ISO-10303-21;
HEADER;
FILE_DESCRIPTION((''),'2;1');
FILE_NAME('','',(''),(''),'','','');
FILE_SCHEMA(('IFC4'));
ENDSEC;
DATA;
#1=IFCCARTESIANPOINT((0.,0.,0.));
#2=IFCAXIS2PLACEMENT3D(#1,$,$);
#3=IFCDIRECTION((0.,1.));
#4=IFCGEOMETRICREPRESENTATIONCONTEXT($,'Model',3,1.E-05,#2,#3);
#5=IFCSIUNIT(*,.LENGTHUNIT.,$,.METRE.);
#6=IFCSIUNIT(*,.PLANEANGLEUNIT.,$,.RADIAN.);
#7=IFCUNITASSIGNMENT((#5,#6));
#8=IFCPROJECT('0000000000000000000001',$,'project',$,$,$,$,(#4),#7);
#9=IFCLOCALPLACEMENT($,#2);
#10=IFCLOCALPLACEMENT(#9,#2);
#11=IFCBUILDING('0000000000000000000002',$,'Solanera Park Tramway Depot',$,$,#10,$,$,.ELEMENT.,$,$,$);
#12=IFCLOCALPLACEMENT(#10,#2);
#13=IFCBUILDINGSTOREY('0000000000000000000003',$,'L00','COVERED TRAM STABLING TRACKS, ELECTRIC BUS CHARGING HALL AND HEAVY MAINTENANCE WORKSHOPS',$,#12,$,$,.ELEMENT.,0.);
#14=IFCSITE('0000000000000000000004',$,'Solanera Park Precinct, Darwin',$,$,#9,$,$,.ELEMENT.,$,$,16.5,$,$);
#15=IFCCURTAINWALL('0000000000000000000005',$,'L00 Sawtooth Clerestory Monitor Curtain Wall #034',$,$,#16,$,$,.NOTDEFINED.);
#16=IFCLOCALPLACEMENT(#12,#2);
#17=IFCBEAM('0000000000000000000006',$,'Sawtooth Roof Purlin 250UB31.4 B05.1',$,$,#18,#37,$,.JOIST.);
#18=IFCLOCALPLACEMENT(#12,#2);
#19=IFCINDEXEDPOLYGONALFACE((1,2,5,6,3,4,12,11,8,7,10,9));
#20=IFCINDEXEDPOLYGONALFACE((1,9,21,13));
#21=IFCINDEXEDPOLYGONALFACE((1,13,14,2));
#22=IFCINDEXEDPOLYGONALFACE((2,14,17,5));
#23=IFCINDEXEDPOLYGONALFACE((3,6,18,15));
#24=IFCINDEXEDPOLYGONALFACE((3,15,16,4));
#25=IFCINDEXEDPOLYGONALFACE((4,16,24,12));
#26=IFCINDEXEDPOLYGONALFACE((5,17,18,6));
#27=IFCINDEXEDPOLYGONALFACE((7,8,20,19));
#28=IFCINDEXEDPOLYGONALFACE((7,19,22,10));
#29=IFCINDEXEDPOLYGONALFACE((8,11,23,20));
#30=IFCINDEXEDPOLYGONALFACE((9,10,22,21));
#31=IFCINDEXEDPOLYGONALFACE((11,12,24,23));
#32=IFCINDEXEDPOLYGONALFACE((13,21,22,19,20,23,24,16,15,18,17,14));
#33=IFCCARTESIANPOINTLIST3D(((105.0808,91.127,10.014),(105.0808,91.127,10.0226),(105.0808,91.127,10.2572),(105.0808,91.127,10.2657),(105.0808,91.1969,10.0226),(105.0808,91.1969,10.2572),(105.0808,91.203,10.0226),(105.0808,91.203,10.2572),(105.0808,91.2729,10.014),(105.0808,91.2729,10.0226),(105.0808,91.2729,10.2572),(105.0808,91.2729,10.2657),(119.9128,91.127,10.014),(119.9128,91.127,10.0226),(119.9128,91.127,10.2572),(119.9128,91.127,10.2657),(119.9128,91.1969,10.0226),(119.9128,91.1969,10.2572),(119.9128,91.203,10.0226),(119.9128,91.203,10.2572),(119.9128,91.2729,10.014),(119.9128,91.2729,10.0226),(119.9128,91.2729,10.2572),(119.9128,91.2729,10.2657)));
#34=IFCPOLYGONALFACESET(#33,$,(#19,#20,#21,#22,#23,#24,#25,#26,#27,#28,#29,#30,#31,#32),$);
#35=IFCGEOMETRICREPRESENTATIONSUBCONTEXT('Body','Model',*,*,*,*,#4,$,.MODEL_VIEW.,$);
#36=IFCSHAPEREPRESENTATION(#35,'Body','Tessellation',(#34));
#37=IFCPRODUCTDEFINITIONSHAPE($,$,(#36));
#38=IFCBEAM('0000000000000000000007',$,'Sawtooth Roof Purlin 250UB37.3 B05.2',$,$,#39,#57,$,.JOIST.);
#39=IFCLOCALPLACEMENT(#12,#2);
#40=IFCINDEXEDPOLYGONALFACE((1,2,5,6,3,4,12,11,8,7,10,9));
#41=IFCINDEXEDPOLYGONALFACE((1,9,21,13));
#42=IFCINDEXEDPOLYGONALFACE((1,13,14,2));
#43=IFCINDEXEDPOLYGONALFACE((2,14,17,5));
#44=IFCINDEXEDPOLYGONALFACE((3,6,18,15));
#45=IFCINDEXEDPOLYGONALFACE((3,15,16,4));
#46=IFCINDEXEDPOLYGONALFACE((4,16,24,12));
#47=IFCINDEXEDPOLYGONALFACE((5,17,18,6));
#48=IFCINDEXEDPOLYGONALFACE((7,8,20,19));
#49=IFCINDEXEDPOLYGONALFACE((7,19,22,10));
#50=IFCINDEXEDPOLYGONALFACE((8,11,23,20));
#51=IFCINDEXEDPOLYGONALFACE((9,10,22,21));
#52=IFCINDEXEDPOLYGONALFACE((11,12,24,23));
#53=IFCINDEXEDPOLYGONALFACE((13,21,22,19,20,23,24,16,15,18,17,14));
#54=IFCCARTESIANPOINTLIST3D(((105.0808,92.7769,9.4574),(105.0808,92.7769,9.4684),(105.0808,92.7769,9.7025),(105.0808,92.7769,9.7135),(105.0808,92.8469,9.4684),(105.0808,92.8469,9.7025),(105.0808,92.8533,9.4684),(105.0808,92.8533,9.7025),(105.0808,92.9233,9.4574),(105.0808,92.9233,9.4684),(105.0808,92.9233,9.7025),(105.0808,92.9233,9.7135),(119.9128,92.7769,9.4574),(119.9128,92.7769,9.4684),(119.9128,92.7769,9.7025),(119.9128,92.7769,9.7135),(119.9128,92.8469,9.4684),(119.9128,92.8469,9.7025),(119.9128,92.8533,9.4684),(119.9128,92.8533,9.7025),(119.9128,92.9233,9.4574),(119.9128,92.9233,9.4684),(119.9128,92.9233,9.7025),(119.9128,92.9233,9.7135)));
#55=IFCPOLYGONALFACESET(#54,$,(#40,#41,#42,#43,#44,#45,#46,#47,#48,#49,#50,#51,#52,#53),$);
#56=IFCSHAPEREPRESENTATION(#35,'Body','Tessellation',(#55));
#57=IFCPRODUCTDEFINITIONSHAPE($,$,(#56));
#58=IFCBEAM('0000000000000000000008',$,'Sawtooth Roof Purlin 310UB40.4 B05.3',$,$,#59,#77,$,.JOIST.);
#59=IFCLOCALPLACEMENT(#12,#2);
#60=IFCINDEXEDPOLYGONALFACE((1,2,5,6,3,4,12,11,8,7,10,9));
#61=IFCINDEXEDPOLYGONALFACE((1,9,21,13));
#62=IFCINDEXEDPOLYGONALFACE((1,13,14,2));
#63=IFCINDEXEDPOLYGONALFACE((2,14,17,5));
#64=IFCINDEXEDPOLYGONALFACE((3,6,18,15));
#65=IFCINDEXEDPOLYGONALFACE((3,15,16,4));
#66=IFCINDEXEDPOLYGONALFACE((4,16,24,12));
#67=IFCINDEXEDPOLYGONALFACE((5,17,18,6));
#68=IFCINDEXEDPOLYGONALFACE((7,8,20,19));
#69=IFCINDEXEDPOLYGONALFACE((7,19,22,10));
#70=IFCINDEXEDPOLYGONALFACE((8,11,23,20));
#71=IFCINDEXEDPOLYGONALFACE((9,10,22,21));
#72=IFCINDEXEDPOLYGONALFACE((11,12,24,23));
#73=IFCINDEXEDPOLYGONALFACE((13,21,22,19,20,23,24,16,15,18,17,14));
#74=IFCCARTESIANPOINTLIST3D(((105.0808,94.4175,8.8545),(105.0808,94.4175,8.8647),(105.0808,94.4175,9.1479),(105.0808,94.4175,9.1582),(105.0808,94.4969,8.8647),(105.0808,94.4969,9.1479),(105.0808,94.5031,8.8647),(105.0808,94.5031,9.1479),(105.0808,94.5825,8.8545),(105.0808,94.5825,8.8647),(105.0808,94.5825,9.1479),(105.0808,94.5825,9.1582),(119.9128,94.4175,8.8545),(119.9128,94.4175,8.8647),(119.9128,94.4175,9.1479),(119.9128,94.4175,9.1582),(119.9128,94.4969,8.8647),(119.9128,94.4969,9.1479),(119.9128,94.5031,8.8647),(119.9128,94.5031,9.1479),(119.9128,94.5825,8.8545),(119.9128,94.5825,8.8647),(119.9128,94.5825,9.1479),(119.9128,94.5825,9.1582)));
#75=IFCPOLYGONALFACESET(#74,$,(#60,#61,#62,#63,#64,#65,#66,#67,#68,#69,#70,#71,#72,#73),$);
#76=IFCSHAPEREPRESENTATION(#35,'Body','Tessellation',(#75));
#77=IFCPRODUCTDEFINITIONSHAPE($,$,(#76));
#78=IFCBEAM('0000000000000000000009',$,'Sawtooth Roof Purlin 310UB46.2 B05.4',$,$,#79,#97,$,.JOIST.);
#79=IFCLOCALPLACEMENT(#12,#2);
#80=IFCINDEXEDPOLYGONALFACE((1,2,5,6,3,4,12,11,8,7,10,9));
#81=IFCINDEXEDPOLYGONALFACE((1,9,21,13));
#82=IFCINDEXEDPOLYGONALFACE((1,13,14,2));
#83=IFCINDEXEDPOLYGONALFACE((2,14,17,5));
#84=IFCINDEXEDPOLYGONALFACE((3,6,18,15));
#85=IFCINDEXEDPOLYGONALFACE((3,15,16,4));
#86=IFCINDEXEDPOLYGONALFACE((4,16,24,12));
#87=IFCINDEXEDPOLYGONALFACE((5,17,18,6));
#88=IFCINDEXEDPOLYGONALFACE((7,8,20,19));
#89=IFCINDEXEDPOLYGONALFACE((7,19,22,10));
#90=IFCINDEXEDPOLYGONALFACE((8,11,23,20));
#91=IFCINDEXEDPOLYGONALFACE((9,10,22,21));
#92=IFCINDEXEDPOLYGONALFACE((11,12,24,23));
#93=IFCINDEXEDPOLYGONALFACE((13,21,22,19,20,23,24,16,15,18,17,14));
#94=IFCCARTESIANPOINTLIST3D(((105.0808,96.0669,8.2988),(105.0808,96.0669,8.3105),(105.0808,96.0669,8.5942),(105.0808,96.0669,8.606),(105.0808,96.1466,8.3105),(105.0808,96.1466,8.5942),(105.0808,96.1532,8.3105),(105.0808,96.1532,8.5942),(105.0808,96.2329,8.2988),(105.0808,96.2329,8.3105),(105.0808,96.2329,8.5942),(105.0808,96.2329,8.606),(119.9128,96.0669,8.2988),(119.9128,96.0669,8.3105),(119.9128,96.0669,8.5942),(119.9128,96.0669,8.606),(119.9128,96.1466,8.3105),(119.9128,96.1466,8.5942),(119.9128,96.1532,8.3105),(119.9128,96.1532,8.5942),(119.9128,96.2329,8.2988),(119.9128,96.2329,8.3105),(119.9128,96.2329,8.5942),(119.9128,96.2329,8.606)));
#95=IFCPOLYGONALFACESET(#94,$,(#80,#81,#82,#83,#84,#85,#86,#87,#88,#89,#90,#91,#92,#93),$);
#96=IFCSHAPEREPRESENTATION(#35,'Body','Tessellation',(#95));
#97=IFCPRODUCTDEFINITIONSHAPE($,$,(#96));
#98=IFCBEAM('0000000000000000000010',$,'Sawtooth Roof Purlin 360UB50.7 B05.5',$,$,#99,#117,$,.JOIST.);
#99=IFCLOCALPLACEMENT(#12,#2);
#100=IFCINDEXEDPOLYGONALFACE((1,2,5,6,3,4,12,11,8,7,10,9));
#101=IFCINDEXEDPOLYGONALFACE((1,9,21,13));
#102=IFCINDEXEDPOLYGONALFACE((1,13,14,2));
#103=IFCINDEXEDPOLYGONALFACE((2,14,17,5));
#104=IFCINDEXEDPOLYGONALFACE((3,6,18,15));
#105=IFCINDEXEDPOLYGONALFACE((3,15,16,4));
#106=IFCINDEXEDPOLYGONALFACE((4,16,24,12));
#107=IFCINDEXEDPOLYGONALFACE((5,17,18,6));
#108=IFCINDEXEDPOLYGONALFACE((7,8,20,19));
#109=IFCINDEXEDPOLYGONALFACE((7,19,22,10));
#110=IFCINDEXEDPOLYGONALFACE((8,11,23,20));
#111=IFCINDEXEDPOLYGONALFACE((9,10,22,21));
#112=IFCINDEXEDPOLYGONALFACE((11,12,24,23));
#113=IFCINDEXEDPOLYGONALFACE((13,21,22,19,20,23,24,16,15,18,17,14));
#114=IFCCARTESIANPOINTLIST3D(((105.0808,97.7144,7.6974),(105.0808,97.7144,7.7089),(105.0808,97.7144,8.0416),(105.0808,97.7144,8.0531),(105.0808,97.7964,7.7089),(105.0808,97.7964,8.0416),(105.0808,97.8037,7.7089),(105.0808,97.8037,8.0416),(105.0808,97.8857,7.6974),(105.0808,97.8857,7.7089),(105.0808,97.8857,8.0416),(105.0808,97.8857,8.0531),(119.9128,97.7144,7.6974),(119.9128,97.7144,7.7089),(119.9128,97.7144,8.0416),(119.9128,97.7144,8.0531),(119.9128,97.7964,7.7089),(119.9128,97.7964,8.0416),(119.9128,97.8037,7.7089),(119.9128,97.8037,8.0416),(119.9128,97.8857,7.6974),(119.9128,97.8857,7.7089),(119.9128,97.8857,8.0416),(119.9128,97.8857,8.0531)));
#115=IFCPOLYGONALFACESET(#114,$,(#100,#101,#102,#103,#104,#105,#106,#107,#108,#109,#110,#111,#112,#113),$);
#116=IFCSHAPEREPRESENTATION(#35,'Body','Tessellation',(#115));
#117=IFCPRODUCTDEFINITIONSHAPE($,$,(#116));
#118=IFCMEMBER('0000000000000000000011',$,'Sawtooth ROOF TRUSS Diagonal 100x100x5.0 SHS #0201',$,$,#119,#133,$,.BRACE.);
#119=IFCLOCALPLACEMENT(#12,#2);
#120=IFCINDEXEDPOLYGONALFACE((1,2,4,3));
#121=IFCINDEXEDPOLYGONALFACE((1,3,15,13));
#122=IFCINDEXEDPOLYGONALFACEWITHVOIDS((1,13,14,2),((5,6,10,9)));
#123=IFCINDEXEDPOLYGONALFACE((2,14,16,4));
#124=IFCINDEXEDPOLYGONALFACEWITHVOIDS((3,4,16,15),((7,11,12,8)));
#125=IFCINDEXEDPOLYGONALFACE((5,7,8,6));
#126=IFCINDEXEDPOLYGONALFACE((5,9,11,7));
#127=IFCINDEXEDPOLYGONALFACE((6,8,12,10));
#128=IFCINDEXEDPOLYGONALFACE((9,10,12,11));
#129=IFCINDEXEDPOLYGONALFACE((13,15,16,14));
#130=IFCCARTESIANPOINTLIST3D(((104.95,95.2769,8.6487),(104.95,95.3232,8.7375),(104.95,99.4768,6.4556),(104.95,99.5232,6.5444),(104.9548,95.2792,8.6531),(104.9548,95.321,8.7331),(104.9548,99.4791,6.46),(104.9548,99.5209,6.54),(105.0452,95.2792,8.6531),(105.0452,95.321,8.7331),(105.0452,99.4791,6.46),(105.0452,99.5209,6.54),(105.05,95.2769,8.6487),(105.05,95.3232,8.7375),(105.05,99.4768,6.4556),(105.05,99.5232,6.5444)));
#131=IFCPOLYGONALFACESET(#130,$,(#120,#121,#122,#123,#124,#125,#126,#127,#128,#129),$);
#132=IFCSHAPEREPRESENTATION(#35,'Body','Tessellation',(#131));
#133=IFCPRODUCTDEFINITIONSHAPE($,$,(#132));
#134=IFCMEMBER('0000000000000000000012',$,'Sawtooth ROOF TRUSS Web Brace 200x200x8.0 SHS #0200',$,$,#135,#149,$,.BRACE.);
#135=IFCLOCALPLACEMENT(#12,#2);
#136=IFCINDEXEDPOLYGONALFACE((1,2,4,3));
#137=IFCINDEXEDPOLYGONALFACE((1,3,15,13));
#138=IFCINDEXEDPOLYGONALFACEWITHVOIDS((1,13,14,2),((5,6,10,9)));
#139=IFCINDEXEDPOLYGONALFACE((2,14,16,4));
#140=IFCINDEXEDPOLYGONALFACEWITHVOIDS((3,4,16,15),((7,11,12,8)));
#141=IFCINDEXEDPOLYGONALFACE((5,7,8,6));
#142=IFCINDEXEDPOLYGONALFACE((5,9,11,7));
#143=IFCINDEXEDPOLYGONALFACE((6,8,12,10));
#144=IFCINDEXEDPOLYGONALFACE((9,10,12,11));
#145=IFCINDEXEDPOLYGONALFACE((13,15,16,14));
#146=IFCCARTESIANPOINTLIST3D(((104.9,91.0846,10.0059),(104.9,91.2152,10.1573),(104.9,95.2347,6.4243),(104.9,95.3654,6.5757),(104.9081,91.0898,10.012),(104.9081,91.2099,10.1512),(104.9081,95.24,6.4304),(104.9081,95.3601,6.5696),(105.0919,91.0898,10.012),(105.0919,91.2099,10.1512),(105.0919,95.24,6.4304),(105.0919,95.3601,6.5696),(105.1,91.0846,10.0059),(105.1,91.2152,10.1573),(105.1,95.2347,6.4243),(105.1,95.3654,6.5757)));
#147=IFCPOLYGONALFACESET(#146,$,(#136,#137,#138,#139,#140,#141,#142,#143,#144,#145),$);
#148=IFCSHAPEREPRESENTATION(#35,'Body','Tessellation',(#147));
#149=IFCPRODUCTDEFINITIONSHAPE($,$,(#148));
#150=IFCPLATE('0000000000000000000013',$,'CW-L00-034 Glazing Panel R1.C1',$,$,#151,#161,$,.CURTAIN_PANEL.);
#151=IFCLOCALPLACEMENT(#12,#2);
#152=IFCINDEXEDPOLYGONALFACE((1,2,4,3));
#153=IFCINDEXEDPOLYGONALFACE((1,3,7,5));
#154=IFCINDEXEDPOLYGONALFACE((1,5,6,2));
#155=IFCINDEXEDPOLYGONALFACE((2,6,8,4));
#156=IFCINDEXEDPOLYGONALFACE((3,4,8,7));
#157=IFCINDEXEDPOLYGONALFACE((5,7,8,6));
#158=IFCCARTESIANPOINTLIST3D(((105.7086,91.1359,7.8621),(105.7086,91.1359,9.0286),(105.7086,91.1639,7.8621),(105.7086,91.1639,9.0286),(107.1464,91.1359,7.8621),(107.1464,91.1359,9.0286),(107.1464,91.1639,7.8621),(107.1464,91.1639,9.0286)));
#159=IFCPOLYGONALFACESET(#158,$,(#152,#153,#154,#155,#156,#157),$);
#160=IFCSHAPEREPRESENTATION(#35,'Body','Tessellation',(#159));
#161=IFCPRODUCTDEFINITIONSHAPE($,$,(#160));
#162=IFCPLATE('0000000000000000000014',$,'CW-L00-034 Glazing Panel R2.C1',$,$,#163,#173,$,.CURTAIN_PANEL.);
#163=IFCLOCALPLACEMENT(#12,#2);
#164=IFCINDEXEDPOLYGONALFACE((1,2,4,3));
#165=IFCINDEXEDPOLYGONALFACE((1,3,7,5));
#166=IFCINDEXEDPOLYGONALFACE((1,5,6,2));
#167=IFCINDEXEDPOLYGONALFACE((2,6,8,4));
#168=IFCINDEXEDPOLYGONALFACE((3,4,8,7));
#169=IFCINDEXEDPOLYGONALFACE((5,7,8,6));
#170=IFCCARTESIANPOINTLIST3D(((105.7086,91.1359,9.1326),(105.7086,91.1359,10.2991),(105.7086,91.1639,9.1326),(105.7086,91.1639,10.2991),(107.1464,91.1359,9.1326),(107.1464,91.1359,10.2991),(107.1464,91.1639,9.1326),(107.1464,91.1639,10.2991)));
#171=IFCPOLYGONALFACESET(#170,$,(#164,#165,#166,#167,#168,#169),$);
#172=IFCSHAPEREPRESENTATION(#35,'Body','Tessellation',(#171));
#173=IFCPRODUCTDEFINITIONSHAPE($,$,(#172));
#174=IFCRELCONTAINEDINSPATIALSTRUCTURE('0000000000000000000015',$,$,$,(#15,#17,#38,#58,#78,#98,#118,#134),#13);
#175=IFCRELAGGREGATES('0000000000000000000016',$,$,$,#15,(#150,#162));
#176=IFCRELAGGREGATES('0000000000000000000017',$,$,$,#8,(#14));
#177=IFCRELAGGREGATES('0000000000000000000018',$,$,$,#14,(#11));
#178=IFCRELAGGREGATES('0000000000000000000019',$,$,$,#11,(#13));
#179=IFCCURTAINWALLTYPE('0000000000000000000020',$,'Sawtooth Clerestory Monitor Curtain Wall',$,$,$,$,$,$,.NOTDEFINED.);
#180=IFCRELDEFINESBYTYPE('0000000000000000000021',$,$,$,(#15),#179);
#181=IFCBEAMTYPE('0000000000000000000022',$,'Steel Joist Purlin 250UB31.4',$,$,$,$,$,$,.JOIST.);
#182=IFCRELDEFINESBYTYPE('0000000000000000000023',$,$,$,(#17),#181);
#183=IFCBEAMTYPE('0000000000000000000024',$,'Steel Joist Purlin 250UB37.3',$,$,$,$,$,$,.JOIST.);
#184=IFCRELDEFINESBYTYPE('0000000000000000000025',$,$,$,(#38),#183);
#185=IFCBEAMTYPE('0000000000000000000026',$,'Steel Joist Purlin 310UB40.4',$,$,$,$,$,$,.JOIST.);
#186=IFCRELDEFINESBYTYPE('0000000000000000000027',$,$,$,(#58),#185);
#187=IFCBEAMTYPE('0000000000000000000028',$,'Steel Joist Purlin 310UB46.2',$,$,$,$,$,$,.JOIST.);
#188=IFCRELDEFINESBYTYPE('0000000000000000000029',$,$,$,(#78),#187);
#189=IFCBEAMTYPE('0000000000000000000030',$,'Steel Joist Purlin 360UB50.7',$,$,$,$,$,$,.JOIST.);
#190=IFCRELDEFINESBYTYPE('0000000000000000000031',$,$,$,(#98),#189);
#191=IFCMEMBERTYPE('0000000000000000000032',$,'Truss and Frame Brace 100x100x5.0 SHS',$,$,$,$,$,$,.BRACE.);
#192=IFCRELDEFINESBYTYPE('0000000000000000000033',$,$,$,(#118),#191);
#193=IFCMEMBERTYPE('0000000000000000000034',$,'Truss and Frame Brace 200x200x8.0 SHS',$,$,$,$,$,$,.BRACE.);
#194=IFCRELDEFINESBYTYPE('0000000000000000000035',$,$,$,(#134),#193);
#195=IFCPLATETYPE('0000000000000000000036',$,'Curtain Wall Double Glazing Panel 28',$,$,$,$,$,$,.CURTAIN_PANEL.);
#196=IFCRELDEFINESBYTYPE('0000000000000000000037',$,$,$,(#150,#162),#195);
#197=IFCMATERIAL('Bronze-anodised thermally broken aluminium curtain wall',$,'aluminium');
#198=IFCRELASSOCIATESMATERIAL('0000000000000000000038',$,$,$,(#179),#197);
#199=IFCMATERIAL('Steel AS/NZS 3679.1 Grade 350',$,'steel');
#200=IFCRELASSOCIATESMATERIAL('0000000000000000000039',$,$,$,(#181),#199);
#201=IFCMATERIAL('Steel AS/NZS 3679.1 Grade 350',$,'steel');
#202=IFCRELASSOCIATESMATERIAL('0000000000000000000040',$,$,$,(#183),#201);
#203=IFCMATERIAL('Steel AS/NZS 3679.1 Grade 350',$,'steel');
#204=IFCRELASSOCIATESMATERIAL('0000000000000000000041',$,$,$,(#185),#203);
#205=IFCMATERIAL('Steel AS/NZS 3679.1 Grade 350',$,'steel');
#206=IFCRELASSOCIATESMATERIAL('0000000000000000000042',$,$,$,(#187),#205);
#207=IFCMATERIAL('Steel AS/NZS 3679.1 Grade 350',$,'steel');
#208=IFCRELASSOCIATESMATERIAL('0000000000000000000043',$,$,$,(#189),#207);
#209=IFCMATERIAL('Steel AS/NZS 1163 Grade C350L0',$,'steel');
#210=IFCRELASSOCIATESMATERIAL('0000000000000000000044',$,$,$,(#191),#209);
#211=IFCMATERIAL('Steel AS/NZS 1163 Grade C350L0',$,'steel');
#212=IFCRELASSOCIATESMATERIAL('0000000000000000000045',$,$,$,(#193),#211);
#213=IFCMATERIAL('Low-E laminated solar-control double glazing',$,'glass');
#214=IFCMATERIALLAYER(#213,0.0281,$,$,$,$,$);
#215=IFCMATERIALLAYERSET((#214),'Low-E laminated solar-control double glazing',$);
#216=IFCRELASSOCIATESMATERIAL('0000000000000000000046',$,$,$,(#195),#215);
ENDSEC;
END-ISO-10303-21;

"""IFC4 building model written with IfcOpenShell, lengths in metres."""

from ifc_helpers import new_model, si_unit, direction, frame, origin, origin_2d, place, context, subcontext, project, spatial, rectangle, hollow_rectangle, i_section, extrude, material, layer, layer_set, material_profile, profile_set, type_object, element, aggregate, save


model = new_model("IFC4")

# Units and contexts
model_context = context("Model", 3, precision=1e-05, world=origin(), true_north=direction((0.0, 1.0)))
body_context = subcontext(model_context, "Body", "Model", "MODEL_VIEW")
ifc_project = project(units=[si_unit("LENGTHUNIT", "METRE"), si_unit("PLANEANGLEUNIT", "RADIAN")], contexts=[model_context])

# Site, building, storey
site_placement = place(None, origin())
site = spatial("IfcSite", under=ifc_project, at=site_placement, Name="Solanera Park Precinct, Darwin", CompositionType="ELEMENT", RefElevation=16.5)
building_placement = place(site_placement, origin())
building = spatial("IfcBuilding", under=site, at=building_placement, Name="Solanera Park Tramway Depot", CompositionType="ELEMENT")
storey_placement = place(building_placement, origin())
storey = spatial("IfcBuildingStorey", under=building, at=storey_placement, Name="L00", Description="COVERED TRAM STABLING TRACKS, ELECTRIC BUS CHARGING HALL AND HEAVY MAINTENANCE WORKSHOPS", CompositionType="ELEMENT", Elevation=0.0)

# Curtain wall
ifc_material_1 = material(Name="Bronze-anodised thermally broken aluminium curtain wall", Category="aluminium")
curtain_wall_type = type_object("IfcCurtainWallType", Name="Sawtooth Clerestory Monitor Curtain Wall", PredefinedType="NOTDEFINED", material=ifc_material_1)
curtain_wall_1_placement = place(storey_placement, origin())
curtain_wall_1 = element("IfcCurtainWall", 1, at=curtain_wall_1_placement, inside=storey, type_object=curtain_wall_type, Name="L00 Sawtooth Clerestory Monitor Curtain Wall #034", PredefinedType="NOTDEFINED")

# Beams
ifc_material_2 = material(Name="Steel AS/NZS 3679.1 Grade 350", Category="steel")
ifc_material_profile_1 = material_profile(ifc_material_2, i_section(OverallWidth=0.146, OverallDepth=0.2517, WebThickness=0.0061, FlangeThickness=0.0085, at=origin_2d()), Name="250UB31.4")
ifc_profile_set_1 = profile_set([ifc_material_profile_1], Name="Steel AS/NZS 3679.1 Grade 350")
beam_type_1 = type_object("IfcBeamType", Name="Steel Joist Purlin 250UB31.4", PredefinedType="JOIST", material=ifc_profile_set_1)
beam_1_placement = place(storey_placement, frame((105.0808, 91.2, 10.1399), z_axis=(1.0, 0.0, 0.0), x_axis=(0.0, 1.0, 0.0)))
element("IfcBeam", 2, at=beam_1_placement, inside=storey, type_object=beam_type_1, Name="Sawtooth Roof Purlin 250UB31.4 B05.1", PredefinedType="JOIST", context=body_context, shape_type="SweptSolid", body=[
    extrude(i_section(OverallWidth=0.146, OverallDepth=0.2517, WebThickness=0.0061, FlangeThickness=0.0085, at=origin_2d()), origin(), (0.0, 0.0, 1.0), 14.832),
])
ifc_material_3 = material(Name="Steel AS/NZS 3679.1 Grade 350", Category="steel")
ifc_material_profile_2 = material_profile(ifc_material_3, i_section(OverallWidth=0.1465, OverallDepth=0.2561, WebThickness=0.0063, FlangeThickness=0.011, at=origin_2d()), Name="250UB37.3")
ifc_profile_set_2 = profile_set([ifc_material_profile_2], Name="Steel AS/NZS 3679.1 Grade 350")
beam_type_2 = type_object("IfcBeamType", Name="Steel Joist Purlin 250UB37.3", PredefinedType="JOIST", material=ifc_profile_set_2)
beam_2_placement = place(storey_placement, frame((105.0808, 92.8501, 9.5854), z_axis=(1.0, 0.0, 0.0), x_axis=(0.0, 1.0, 0.0)))
element("IfcBeam", 3, at=beam_2_placement, inside=storey, type_object=beam_type_2, Name="Sawtooth Roof Purlin 250UB37.3 B05.2", PredefinedType="JOIST", context=body_context, shape_type="SweptSolid", body=[
    extrude(i_section(OverallWidth=0.1465, OverallDepth=0.2561, WebThickness=0.0063, FlangeThickness=0.011, at=origin_2d()), origin(), (0.0, 0.0, 1.0), 14.832),
])
ifc_material_4 = material(Name="Steel AS/NZS 3679.1 Grade 350", Category="steel")
ifc_material_profile_3 = material_profile(ifc_material_4, i_section(OverallWidth=0.165, OverallDepth=0.3037, WebThickness=0.0061, FlangeThickness=0.0103, at=origin_2d()), Name="310UB40.4")
ifc_profile_set_3 = profile_set([ifc_material_profile_3], Name="Steel AS/NZS 3679.1 Grade 350")
beam_type_3 = type_object("IfcBeamType", Name="Steel Joist Purlin 310UB40.4", PredefinedType="JOIST", material=ifc_profile_set_3)
beam_3_placement = place(storey_placement, frame((105.0808, 94.5, 9.0063), z_axis=(1.0, 0.0, 0.0), x_axis=(0.0, 1.0, 0.0)))
element("IfcBeam", 4, at=beam_3_placement, inside=storey, type_object=beam_type_3, Name="Sawtooth Roof Purlin 310UB40.4 B05.3", PredefinedType="JOIST", context=body_context, shape_type="SweptSolid", body=[
    extrude(i_section(OverallWidth=0.165, OverallDepth=0.3037, WebThickness=0.0061, FlangeThickness=0.0103, at=origin_2d()), origin(), (0.0, 0.0, 1.0), 14.832),
])
ifc_material_5 = material(Name="Steel AS/NZS 3679.1 Grade 350", Category="steel")
ifc_material_profile_4 = material_profile(ifc_material_5, i_section(OverallWidth=0.166, OverallDepth=0.3071, WebThickness=0.0066, FlangeThickness=0.0117, at=origin_2d()), Name="310UB46.2")
ifc_profile_set_4 = profile_set([ifc_material_profile_4], Name="Steel AS/NZS 3679.1 Grade 350")
beam_type_4 = type_object("IfcBeamType", Name="Steel Joist Purlin 310UB46.2", PredefinedType="JOIST", material=ifc_profile_set_4)
beam_4_placement = place(storey_placement, frame((105.0808, 96.1499, 8.4524), z_axis=(1.0, 0.0, 0.0), x_axis=(0.0, 1.0, 0.0)))
element("IfcBeam", 5, at=beam_4_placement, inside=storey, type_object=beam_type_4, Name="Sawtooth Roof Purlin 310UB46.2 B05.4", PredefinedType="JOIST", context=body_context, shape_type="SweptSolid", body=[
    extrude(i_section(OverallWidth=0.166, OverallDepth=0.3071, WebThickness=0.0066, FlangeThickness=0.0117, at=origin_2d()), origin(), (0.0, 0.0, 1.0), 14.832),
])
ifc_material_6 = material(Name="Steel AS/NZS 3679.1 Grade 350", Category="steel")
ifc_material_profile_5 = material_profile(ifc_material_6, i_section(OverallWidth=0.1714, OverallDepth=0.3557, WebThickness=0.0073, FlangeThickness=0.0115, at=origin_2d()), Name="360UB50.7")
ifc_profile_set_5 = profile_set([ifc_material_profile_5], Name="Steel AS/NZS 3679.1 Grade 350")
beam_type_5 = type_object("IfcBeamType", Name="Steel Joist Purlin 360UB50.7", PredefinedType="JOIST", material=ifc_profile_set_5)
beam_5_placement = place(storey_placement, frame((105.0808, 97.8, 7.8752), z_axis=(1.0, 0.0, 0.0), x_axis=(0.0, 1.0, 0.0)))
element("IfcBeam", 6, at=beam_5_placement, inside=storey, type_object=beam_type_5, Name="Sawtooth Roof Purlin 360UB50.7 B05.5", PredefinedType="JOIST", context=body_context, shape_type="SweptSolid", body=[
    extrude(i_section(OverallWidth=0.1714, OverallDepth=0.3557, WebThickness=0.0073, FlangeThickness=0.0115, at=origin_2d()), origin(), (0.0, 0.0, 1.0), 14.832),
])

# Members
ifc_material_7 = material(Name="Steel AS/NZS 1163 Grade C350L0", Category="steel")
ifc_material_profile_6 = material_profile(ifc_material_7, hollow_rectangle(XDim=0.1001, YDim=0.1001, WallThickness=0.0049, at=origin_2d()), Name="100x100x5.0 SHS")
ifc_profile_set_6 = profile_set([ifc_material_profile_6], Name="Steel AS/NZS 1163 Grade C350L0")
member_type_1 = type_object("IfcMemberType", Name="Truss and Frame Brace 100x100x5.0 SHS", PredefinedType="BRACE", material=ifc_profile_set_6)
member_1_placement = place(storey_placement, frame((105.0, 99.5, 6.5), z_axis=(0.0, -0.886426, 0.462871), x_axis=(1.0, 0.0, 0.0)))
element("IfcMember", 7, at=member_1_placement, inside=storey, type_object=member_type_1, Name="Sawtooth ROOF TRUSS Diagonal 100x100x5.0 SHS #0201", PredefinedType="BRACE", context=body_context, shape_type="SweptSolid", body=[
    extrude(hollow_rectangle(XDim=0.1001, YDim=0.1001, WallThickness=0.0049, at=origin_2d()), origin(), (0.0, 0.0, 1.0), 4.738),
])
ifc_material_8 = material(Name="Steel AS/NZS 1163 Grade C350L0", Category="steel")
ifc_material_profile_7 = material_profile(ifc_material_8, hollow_rectangle(XDim=0.2, YDim=0.2, WallThickness=0.0081, at=origin_2d()), Name="200x200x8.0 SHS")
ifc_profile_set_7 = profile_set([ifc_material_profile_7], Name="Steel AS/NZS 1163 Grade C350L0")
member_type_2 = type_object("IfcMemberType", Name="Truss and Frame Brace 200x200x8.0 SHS", PredefinedType="BRACE", material=ifc_profile_set_7)
member_2_placement = place(storey_placement, frame((105.0, 95.3, 6.5), z_axis=(0.0, -0.757064, 0.65334), x_axis=(1.0, 0.0, 0.0)))
element("IfcMember", 8, at=member_2_placement, inside=storey, type_object=member_type_2, Name="Sawtooth ROOF TRUSS Web Brace 200x200x8.0 SHS #0200", PredefinedType="BRACE", context=body_context, shape_type="SweptSolid", body=[
    extrude(hollow_rectangle(XDim=0.2, YDim=0.2, WallThickness=0.0081, at=origin_2d()), origin(), (0.0, 0.0, 1.0), 5.4819),
])

# Plates
ifc_material_9 = material(Name="Low-E laminated solar-control double glazing", Category="glass")
ifc_layer_1 = layer(ifc_material_9, 0.0281)
ifc_layer_set_1 = layer_set([ifc_layer_1], Name="Low-E laminated solar-control double glazing")
plate_type_1 = type_object("IfcPlateType", Name="Curtain Wall Double Glazing Panel 28", PredefinedType="CURTAIN_PANEL", material=ifc_layer_set_1)
plate_1_placement = place(storey_placement, frame((106.4275, 91.1499, 7.8621), z_axis=(0.0, 0.0, 1.0), x_axis=(1.0, 0.0, 0.0)))
plate_1 = element("IfcPlate", 9, at=plate_1_placement, type_object=plate_type_1, Name="CW-L00-034 Glazing Panel R1.C1", PredefinedType="CURTAIN_PANEL", context=body_context, shape_type="SweptSolid", body=[
    extrude(rectangle(XDim=1.4377, YDim=0.0281, at=origin_2d()), origin(), (0.0, 0.0, 1.0), 1.1665),
])
plate_2_placement = place(storey_placement, frame((106.4275, 91.1499, 9.1326), z_axis=(0.0, 0.0, 1.0), x_axis=(1.0, 0.0, 0.0)))
plate_2 = element("IfcPlate", 10, at=plate_2_placement, type_object=plate_type_1, Name="CW-L00-034 Glazing Panel R2.C1", PredefinedType="CURTAIN_PANEL", context=body_context, shape_type="SweptSolid", body=[
    extrude(rectangle(XDim=1.4377, YDim=0.0281, at=origin_2d()), origin(), (0.0, 0.0, 1.0), 1.1665),
])
aggregate(curtain_wall_1, [plate_1, plate_2])

save(model, "model.ifc")
